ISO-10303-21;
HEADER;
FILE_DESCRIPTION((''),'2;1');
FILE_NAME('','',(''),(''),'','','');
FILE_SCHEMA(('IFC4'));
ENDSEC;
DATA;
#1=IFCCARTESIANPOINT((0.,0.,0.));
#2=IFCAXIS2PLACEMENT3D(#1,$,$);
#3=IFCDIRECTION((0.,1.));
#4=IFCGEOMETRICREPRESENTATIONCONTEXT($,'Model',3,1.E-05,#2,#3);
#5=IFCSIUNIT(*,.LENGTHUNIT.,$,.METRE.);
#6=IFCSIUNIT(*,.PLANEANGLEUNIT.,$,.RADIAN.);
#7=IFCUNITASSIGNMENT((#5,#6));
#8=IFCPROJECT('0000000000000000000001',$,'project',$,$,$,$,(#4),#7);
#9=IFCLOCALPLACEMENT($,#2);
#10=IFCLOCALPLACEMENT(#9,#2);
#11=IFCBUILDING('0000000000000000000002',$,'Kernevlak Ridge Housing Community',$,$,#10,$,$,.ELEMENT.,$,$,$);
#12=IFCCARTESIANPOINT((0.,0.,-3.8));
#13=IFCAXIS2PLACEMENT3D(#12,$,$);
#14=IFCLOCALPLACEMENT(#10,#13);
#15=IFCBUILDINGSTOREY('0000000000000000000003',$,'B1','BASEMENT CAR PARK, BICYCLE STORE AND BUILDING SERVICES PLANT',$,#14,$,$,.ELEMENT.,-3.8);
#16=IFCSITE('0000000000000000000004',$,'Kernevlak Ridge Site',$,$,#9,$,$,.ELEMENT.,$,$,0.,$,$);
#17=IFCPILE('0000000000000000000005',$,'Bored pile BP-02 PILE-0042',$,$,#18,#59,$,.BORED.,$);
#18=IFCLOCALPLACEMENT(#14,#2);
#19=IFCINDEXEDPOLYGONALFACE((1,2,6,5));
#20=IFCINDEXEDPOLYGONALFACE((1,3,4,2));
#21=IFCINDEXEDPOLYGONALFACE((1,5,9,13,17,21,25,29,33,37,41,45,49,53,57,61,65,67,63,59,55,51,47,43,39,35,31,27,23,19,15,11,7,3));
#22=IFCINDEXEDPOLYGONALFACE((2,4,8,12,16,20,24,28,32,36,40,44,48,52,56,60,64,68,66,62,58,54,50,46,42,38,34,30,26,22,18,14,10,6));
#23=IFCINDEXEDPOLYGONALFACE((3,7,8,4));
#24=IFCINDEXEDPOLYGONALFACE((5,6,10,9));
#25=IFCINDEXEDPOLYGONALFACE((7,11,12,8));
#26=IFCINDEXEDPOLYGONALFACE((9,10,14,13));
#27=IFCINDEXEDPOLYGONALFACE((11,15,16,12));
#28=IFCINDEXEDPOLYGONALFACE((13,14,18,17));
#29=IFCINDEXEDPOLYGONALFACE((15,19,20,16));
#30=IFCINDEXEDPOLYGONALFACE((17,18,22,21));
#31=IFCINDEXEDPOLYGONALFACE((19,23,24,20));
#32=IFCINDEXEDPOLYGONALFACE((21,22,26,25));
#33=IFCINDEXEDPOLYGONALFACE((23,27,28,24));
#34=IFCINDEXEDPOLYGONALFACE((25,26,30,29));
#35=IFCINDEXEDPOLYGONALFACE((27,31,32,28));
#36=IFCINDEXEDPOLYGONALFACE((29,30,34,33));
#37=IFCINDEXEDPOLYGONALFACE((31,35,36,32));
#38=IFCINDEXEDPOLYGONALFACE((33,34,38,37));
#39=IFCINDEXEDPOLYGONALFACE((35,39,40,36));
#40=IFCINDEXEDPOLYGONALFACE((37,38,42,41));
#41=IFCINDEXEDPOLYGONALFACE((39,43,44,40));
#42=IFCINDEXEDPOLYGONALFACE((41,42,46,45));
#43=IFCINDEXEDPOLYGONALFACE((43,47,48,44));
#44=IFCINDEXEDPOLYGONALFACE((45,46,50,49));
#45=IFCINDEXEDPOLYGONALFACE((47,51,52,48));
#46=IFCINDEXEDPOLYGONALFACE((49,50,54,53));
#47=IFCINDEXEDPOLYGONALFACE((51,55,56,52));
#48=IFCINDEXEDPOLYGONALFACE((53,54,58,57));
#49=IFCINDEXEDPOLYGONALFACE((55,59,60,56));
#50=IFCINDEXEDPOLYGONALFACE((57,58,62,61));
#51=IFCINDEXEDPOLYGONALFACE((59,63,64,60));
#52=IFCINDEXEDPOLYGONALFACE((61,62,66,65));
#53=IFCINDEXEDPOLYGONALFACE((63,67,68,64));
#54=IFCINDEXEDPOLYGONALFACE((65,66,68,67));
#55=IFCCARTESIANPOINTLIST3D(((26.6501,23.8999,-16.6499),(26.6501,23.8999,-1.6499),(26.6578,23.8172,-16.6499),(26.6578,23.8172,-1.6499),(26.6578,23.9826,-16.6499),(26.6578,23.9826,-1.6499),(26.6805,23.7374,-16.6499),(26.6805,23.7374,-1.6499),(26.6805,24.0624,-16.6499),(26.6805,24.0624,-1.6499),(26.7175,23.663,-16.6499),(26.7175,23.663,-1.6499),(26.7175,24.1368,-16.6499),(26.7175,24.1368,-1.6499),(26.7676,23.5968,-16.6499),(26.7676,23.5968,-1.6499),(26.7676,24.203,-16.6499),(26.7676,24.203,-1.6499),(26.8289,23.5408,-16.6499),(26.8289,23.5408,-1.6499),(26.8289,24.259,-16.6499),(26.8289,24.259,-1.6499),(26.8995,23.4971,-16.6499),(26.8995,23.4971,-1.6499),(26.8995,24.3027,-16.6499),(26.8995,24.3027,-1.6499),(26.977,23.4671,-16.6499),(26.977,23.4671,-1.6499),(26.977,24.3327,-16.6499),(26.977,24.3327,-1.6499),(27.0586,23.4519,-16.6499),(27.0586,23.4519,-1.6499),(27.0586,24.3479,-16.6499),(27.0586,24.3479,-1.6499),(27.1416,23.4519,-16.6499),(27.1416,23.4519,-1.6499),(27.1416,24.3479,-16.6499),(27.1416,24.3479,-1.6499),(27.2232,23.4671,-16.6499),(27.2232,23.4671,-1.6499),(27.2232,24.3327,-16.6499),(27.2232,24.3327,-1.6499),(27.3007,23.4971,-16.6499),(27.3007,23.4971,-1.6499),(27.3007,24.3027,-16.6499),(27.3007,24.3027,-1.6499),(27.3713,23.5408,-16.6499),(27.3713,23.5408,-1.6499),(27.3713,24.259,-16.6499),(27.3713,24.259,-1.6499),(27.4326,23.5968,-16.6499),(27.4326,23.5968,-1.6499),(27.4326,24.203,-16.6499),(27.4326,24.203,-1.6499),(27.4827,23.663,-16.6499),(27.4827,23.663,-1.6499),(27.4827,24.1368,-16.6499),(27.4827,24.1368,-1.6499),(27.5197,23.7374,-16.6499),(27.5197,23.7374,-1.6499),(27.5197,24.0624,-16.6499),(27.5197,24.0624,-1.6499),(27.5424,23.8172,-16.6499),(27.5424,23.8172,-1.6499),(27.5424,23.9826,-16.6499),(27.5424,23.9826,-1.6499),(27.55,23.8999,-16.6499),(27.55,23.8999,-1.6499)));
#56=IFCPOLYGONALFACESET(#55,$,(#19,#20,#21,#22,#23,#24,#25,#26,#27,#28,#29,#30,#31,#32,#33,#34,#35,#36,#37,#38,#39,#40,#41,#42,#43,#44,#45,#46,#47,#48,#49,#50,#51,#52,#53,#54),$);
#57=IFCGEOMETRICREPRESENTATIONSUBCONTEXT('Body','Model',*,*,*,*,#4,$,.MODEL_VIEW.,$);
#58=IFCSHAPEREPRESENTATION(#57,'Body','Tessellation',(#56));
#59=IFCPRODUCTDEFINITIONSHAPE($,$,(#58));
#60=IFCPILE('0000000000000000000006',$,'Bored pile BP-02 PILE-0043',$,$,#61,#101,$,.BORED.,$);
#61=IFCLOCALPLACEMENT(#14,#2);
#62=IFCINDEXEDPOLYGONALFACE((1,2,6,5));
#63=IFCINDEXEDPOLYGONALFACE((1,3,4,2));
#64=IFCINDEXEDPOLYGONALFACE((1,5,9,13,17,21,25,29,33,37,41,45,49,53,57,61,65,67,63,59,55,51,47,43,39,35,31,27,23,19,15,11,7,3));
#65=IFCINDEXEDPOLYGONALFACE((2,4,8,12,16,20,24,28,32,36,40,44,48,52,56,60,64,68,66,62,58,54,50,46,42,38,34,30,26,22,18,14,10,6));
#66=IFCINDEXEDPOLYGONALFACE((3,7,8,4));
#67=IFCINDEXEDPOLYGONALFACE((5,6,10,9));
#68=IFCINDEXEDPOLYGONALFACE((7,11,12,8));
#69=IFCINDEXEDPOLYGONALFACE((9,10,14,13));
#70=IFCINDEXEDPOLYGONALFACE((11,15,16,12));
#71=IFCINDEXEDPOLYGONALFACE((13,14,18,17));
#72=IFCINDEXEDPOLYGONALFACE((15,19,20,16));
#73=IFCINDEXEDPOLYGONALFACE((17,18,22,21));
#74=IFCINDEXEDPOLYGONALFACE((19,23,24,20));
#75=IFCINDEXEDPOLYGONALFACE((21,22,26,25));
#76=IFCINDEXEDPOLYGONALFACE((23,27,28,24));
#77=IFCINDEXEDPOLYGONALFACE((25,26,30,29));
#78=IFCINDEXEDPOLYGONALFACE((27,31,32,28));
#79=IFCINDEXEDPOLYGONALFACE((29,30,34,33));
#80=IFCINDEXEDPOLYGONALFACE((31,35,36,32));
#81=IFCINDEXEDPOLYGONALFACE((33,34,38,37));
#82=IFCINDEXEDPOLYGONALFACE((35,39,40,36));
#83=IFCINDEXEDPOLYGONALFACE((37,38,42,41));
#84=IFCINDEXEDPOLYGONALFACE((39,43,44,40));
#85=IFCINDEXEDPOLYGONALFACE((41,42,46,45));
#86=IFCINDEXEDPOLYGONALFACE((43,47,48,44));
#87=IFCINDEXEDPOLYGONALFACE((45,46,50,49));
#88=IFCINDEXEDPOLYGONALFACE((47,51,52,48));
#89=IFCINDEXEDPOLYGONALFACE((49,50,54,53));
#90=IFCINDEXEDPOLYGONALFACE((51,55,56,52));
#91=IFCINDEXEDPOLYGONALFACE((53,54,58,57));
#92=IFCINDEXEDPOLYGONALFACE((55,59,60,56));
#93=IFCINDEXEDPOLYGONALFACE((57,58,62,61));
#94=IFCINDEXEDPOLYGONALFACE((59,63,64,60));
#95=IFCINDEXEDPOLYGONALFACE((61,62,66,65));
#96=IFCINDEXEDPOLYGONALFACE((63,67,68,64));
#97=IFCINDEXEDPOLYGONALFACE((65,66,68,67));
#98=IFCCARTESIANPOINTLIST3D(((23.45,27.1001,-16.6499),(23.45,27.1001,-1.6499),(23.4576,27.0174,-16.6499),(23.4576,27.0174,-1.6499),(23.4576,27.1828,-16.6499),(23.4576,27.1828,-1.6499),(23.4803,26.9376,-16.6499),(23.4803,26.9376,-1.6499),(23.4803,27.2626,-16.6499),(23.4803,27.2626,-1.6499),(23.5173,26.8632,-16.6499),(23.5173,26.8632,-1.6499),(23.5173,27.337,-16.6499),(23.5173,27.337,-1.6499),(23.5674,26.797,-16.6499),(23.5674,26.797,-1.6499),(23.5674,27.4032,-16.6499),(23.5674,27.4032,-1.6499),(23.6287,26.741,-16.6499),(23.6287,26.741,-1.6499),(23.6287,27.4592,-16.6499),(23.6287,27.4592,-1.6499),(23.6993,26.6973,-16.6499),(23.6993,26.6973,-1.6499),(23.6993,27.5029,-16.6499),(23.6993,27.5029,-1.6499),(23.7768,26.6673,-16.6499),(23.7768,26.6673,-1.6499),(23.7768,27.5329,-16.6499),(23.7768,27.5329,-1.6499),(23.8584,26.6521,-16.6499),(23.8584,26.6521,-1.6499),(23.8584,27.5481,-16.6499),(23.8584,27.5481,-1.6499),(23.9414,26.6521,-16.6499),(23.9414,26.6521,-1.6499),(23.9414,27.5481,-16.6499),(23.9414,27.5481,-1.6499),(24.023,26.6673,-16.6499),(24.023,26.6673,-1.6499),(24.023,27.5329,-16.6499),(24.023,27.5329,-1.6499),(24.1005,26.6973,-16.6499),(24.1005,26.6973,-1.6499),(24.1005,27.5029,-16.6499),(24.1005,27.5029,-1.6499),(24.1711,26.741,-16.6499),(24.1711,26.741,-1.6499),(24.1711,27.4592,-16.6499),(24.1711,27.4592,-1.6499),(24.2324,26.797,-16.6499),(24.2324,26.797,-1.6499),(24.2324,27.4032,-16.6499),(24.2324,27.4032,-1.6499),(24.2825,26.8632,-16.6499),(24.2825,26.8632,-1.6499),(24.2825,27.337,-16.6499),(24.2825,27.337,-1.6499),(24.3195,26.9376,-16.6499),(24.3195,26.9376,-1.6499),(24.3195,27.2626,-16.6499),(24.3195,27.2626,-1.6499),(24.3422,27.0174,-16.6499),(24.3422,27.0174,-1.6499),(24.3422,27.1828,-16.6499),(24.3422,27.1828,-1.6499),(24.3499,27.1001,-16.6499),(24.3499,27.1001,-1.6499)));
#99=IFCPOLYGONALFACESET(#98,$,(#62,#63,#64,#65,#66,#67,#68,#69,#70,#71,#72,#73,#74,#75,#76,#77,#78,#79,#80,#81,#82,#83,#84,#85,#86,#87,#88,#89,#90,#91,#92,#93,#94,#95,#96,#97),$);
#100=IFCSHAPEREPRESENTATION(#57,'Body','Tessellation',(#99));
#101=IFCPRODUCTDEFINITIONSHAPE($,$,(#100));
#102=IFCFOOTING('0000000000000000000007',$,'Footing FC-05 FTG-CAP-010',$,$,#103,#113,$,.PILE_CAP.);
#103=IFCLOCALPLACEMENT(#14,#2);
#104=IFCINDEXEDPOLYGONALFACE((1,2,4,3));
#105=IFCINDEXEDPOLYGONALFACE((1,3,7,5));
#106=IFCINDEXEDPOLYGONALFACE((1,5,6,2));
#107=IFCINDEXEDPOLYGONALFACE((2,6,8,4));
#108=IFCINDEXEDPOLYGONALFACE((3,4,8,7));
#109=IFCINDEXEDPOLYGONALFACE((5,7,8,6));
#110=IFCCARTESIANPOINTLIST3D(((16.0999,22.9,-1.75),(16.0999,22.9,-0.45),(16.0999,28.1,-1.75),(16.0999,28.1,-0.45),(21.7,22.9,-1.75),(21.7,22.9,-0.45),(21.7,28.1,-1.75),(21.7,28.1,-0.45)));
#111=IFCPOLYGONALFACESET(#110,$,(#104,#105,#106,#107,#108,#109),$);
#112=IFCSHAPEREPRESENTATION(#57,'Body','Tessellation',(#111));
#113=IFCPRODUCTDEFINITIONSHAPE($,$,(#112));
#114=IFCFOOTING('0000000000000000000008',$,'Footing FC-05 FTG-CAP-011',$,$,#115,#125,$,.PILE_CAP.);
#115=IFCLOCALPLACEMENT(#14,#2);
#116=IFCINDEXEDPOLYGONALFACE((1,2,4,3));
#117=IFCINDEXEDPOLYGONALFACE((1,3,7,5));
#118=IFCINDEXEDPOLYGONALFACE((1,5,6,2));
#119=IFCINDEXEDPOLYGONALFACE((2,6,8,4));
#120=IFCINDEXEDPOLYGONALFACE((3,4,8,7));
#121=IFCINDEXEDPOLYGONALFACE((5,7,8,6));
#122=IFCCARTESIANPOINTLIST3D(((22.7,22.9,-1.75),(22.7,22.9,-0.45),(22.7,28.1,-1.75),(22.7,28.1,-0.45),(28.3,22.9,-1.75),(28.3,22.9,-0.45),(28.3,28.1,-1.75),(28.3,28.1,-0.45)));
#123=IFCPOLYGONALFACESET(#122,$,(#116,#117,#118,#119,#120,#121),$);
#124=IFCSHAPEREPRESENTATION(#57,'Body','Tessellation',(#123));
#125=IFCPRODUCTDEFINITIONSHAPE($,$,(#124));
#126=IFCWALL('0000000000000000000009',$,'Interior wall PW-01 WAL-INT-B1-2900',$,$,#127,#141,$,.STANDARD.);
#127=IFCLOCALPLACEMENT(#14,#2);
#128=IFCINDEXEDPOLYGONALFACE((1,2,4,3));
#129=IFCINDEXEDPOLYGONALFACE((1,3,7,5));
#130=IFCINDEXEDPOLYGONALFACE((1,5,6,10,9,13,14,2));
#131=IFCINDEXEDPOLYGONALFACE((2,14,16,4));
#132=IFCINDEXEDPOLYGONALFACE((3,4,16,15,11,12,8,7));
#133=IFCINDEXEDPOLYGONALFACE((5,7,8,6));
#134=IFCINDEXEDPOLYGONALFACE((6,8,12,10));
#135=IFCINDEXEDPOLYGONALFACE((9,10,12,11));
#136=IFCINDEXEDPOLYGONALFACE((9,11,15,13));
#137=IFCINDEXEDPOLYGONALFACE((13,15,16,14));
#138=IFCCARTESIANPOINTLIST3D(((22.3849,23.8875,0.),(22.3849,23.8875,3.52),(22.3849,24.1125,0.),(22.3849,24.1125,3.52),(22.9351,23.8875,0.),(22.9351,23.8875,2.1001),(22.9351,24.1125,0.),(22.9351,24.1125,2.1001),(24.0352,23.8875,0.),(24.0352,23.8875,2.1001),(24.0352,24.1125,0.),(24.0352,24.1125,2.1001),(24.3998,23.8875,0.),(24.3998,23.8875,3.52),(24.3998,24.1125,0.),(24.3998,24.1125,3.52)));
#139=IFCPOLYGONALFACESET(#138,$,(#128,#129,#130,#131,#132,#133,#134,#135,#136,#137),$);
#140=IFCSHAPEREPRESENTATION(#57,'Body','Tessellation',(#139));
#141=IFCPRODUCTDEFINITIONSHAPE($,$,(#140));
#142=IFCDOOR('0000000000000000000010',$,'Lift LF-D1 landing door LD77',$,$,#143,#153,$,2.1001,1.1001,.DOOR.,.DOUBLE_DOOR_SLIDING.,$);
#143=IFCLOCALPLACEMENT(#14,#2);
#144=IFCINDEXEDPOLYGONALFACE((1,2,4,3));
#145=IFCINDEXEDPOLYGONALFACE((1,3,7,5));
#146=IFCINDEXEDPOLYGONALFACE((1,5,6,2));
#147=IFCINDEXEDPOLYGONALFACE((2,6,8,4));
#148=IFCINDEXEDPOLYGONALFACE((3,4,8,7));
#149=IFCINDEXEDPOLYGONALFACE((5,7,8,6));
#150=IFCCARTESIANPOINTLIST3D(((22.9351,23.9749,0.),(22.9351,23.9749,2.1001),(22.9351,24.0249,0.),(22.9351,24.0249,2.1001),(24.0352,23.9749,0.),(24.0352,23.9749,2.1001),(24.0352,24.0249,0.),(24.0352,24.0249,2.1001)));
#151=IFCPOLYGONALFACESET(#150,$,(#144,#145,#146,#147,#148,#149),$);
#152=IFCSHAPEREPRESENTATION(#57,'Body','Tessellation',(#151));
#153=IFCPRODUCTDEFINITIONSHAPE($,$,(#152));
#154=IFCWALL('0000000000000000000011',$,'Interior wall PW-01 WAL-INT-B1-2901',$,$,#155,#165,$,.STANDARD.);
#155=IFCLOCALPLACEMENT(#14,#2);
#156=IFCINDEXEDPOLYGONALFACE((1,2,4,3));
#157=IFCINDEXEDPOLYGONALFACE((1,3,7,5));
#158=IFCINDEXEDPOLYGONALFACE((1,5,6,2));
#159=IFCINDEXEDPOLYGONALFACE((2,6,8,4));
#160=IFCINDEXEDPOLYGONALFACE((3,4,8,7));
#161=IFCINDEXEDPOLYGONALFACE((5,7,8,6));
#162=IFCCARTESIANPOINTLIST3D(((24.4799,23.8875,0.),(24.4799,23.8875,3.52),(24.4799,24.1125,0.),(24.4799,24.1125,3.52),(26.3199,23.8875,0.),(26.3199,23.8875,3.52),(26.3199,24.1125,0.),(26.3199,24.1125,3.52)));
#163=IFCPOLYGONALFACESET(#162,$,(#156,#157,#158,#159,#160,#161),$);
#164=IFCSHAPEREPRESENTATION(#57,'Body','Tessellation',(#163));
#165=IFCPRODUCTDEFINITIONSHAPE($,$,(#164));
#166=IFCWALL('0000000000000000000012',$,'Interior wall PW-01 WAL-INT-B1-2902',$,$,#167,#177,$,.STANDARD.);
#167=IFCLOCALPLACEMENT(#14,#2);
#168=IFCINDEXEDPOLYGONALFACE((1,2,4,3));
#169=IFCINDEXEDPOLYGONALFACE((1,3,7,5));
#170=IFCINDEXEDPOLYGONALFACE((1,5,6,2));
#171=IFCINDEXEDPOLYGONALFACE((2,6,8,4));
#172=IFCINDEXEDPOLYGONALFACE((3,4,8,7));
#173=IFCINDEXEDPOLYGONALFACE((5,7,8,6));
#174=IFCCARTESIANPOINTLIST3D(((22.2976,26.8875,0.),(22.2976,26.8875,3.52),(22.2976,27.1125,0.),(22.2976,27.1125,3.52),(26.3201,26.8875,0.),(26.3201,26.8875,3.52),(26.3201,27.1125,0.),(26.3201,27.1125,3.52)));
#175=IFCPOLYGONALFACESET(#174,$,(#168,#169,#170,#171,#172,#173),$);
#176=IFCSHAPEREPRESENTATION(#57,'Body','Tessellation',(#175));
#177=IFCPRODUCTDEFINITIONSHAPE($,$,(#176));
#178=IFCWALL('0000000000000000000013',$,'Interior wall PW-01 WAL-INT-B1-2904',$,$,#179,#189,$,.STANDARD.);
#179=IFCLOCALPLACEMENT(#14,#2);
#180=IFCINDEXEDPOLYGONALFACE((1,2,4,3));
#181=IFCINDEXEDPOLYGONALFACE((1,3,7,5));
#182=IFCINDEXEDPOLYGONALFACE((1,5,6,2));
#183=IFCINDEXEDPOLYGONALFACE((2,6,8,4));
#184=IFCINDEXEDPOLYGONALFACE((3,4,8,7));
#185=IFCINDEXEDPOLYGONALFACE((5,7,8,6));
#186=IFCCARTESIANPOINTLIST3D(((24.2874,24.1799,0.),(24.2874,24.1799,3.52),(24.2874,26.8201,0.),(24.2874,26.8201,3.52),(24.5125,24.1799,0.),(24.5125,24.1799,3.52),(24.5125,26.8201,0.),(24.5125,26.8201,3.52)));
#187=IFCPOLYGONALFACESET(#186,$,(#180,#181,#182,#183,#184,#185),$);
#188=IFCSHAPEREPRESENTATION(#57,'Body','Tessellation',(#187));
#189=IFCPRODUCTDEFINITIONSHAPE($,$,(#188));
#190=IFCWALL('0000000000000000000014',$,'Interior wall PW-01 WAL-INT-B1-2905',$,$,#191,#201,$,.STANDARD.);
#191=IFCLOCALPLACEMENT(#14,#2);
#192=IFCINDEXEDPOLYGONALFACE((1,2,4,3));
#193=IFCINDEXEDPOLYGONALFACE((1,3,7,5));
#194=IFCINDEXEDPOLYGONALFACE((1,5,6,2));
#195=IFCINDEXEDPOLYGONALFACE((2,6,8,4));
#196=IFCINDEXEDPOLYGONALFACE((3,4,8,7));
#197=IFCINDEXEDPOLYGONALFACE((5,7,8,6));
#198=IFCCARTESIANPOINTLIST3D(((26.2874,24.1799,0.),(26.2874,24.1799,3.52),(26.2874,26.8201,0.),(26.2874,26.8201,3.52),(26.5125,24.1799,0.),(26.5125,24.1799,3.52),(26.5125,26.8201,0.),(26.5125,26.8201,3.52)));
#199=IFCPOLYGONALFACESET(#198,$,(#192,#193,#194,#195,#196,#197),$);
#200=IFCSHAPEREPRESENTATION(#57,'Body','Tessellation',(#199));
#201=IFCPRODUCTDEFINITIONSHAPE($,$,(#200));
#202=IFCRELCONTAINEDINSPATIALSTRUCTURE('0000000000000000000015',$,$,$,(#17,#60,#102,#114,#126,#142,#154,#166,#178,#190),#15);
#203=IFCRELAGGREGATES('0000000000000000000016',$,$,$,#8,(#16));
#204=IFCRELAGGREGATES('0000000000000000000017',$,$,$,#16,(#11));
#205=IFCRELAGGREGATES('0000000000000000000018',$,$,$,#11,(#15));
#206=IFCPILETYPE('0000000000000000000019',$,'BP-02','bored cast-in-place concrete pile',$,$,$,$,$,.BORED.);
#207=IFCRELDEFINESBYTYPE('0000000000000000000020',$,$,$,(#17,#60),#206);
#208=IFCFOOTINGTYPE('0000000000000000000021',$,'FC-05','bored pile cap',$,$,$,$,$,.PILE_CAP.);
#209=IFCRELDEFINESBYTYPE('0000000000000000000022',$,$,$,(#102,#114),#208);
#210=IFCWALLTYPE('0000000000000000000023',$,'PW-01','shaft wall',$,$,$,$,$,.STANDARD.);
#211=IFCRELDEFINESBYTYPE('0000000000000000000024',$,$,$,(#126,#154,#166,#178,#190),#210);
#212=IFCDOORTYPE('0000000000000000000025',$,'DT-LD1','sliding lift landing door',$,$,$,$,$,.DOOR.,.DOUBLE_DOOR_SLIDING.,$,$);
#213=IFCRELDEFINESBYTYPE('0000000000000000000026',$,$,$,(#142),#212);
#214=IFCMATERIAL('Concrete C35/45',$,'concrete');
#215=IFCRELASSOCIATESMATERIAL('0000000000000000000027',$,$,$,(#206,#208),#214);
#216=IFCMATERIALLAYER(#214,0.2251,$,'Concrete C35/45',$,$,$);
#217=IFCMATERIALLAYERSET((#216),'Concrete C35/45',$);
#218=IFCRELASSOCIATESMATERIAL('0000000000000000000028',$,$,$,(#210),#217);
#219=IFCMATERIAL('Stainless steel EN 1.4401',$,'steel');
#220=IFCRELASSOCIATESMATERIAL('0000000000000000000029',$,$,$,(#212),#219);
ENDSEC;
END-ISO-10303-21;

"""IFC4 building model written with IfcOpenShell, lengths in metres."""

from ifc_helpers import new_model, si_unit, direction, frame, frame_2d, origin, origin_2d, place, context, subcontext, project, spatial, rectangle, circle, extrude, material, layer, layer_set, material_profile, profile_set, type_object, element, fill, save


model = new_model("IFC4")

# Units and contexts
model_context = context("Model", 3, precision=1e-05, world=origin(), true_north=direction((0.0, 1.0)))
body_context = subcontext(model_context, "Body", "Model", "MODEL_VIEW")
ifc_project = project(units=[si_unit("LENGTHUNIT", "METRE"), si_unit("PLANEANGLEUNIT", "RADIAN")], contexts=[model_context])

# Site, building, storey
site_placement = place(None, origin())
site = spatial("IfcSite", under=ifc_project, at=site_placement, Name="Kernevlak Ridge Site", CompositionType="ELEMENT", RefElevation=0.0)
building_placement = place(site_placement, origin())
building = spatial("IfcBuilding", under=site, at=building_placement, Name="Kernevlak Ridge Housing Community", CompositionType="ELEMENT")
storey_placement = place(building_placement, frame((0.0, 0.0, -3.8)))
storey = spatial("IfcBuildingStorey", under=building, at=storey_placement, Name="B1", Description="BASEMENT CAR PARK, BICYCLE STORE AND BUILDING SERVICES PLANT", CompositionType="ELEMENT", Elevation=-3.8)

# Piles
ifc_material_1 = material(Name="Concrete C35/45", Category="concrete")
ifc_material_profile = material_profile(ifc_material_1, circle(Radius=0.45, at=origin_2d()), Name="BORED PILE 900")
ifc_profile_set = profile_set([ifc_material_profile], Name="Concrete C35/45")
pile_type = type_object("IfcPileType", Name="BP-02", Description="bored cast-in-place concrete pile", PredefinedType="BORED", material=ifc_profile_set)
for number, where, z_axis, x_axis, name in (
    (1, (27.1001, 23.8999, -1.6499), (0.0, 0.0, -1.0), (1.0, 0.0, 0.0), "Bored pile BP-02 PILE-0042"),
    (2, (23.8999, 27.1001, -1.6499), (0.0, 0.0, -1.0), (1.0, 0.0, 0.0), "Bored pile BP-02 PILE-0043"),
):
    element("IfcPile", number, at=place(storey_placement, frame(where, z_axis=z_axis, x_axis=x_axis)), inside=storey, type_object=pile_type, Name=name, PredefinedType="BORED", context=body_context, shape_type="SweptSolid", body=[
        extrude(circle(Radius=0.45, at=origin_2d()), origin(), (0.0, 0.0, 1.0), 15.0),
    ])

# Footings
footing_type = type_object("IfcFootingType", Name="FC-05", Description="bored pile cap", PredefinedType="PILE_CAP", material=ifc_material_1)
for number, where, z_axis, x_axis, name in (
    (3, (18.8999, 25.5, -1.75), (0.0, 0.0, 1.0), (1.0, 0.0, 0.0), "Footing FC-05 FTG-CAP-010"),
    (4, (25.5, 25.5, -1.75), (0.0, 0.0, 1.0), (1.0, 0.0, 0.0), "Footing FC-05 FTG-CAP-011"),
):
    element("IfcFooting", number, at=place(storey_placement, frame(where, z_axis=z_axis, x_axis=x_axis)), inside=storey, type_object=footing_type, Name=name, PredefinedType="PILE_CAP", context=body_context, shape_type="SweptSolid", body=[
        extrude(rectangle(XDim=5.6001, YDim=5.2, at=origin_2d()), origin(), (0.0, 0.0, 1.0), 1.3),
    ])

# Wall, opening, door
ifc_layer_1 = layer(ifc_material_1, 0.2251, Name="Concrete C35/45")
ifc_layer_set_1 = layer_set([ifc_layer_1], Name="Concrete C35/45")
wall_type_1 = type_object("IfcWallType", Name="PW-01", Description="shaft wall", PredefinedType="STANDARD", material=ifc_layer_set_1)
wall_1_placement = place(storey_placement, frame((22.385, 24.0, 0.0), z_axis=(0.0, 0.0, 1.0), x_axis=(1.0, 0.0, 0.0)))
wall_1 = element("IfcWall", 5, at=wall_1_placement, inside=storey, type_object=wall_type_1, Name="Interior wall PW-01 WAL-INT-B1-2900", PredefinedType="STANDARD", context=body_context, shape_type="SweptSolid", body=[
    extrude(rectangle(XDim=2.0149, YDim=0.2251, at=frame_2d((1.0073, 0.0))), origin(), (0.0, 0.0, 1.0), 3.52),
])
opening_1_placement = place(wall_1_placement, frame((0.55, 0.0, 0.0)))
opening_1 = element("IfcOpeningElement", 6, at=opening_1_placement, cuts=wall_1, PredefinedType="OPENING", context=body_context, shape_type="SweptSolid", body=[
    extrude(rectangle(XDim=1.1001, YDim=2.1001, at=frame_2d((0.55, 1.05))), frame((0.0, 0.1226, 0.0), z_axis=(0.0, -1.0, 0.0), x_axis=(1.0, 0.0, 0.0)), (0.0, 0.0, 1.0), 0.2451),
])
ifc_material_2 = material(Name="Stainless steel EN 1.4401", Category="steel")
door_type_1 = type_object("IfcDoorType", Name="DT-LD1", Description="sliding lift landing door", OperationType="DOUBLE_DOOR_SLIDING", PredefinedType="DOOR", material=ifc_material_2)
door_1_placement = place(opening_1_placement, origin())
door_1 = element("IfcDoor", 7, at=door_1_placement, inside=storey, type_object=door_type_1, Name="Lift LF-D1 landing door LD77", OperationType="DOUBLE_DOOR_SLIDING", OverallHeight=2.1001, OverallWidth=1.1001, PredefinedType="DOOR", context=body_context, shape_type="SweptSolid", body=[
    extrude(rectangle(XDim=1.1001, YDim=2.1001, at=frame_2d((0.55, 1.05))), frame((0.0, 0.0249, 0.0), z_axis=(0.0, -1.0, 0.0), x_axis=(1.0, 0.0, 0.0)), (0.0, 0.0, 1.0), 0.05),
])
fill(opening_1, door_1)

# Walls
wall_2_placement = place(storey_placement, frame((24.48, 24.0, 0.0), z_axis=(0.0, 0.0, 1.0), x_axis=(1.0, 0.0, 0.0)))
element("IfcWall", 8, at=wall_2_placement, inside=storey, type_object=wall_type_1, Name="Interior wall PW-01 WAL-INT-B1-2901", PredefinedType="STANDARD", context=body_context, shape_type="SweptSolid", body=[
    extrude(rectangle(XDim=1.8401, YDim=0.2251, at=frame_2d((0.9199, 0.0))), origin(), (0.0, 0.0, 1.0), 3.52),
])
wall_3_placement = place(storey_placement, frame((22.2976, 27.0, 0.0), z_axis=(0.0, 0.0, 1.0), x_axis=(1.0, 0.0, 0.0)))
element("IfcWall", 9, at=wall_3_placement, inside=storey, type_object=wall_type_1, Name="Interior wall PW-01 WAL-INT-B1-2902", PredefinedType="STANDARD", context=body_context, shape_type="SweptSolid", body=[
    extrude(rectangle(XDim=4.0225, YDim=0.2251, at=frame_2d((2.0112, 0.0))), origin(), (0.0, 0.0, 1.0), 3.52),
])
for number, where, z_axis, x_axis, name in (
    (10, (24.3999, 24.1799, 0.0), (0.0, 0.0, 1.0), (0.0, 1.0, 0.0), "Interior wall PW-01 WAL-INT-B1-2904"),
    (11, (26.3999, 24.1799, 0.0), (0.0, 0.0, 1.0), (0.0, 1.0, 0.0), "Interior wall PW-01 WAL-INT-B1-2905"),
):
    element("IfcWall", number, at=place(storey_placement, frame(where, z_axis=z_axis, x_axis=x_axis)), inside=storey, type_object=wall_type_1, Name=name, PredefinedType="STANDARD", context=body_context, shape_type="SweptSolid", body=[
        extrude(rectangle(XDim=2.6401, YDim=0.2251, at=frame_2d((1.3201, 0.0))), origin(), (0.0, 0.0, 1.0), 3.52),
    ])

save(model, "model.ifc")
